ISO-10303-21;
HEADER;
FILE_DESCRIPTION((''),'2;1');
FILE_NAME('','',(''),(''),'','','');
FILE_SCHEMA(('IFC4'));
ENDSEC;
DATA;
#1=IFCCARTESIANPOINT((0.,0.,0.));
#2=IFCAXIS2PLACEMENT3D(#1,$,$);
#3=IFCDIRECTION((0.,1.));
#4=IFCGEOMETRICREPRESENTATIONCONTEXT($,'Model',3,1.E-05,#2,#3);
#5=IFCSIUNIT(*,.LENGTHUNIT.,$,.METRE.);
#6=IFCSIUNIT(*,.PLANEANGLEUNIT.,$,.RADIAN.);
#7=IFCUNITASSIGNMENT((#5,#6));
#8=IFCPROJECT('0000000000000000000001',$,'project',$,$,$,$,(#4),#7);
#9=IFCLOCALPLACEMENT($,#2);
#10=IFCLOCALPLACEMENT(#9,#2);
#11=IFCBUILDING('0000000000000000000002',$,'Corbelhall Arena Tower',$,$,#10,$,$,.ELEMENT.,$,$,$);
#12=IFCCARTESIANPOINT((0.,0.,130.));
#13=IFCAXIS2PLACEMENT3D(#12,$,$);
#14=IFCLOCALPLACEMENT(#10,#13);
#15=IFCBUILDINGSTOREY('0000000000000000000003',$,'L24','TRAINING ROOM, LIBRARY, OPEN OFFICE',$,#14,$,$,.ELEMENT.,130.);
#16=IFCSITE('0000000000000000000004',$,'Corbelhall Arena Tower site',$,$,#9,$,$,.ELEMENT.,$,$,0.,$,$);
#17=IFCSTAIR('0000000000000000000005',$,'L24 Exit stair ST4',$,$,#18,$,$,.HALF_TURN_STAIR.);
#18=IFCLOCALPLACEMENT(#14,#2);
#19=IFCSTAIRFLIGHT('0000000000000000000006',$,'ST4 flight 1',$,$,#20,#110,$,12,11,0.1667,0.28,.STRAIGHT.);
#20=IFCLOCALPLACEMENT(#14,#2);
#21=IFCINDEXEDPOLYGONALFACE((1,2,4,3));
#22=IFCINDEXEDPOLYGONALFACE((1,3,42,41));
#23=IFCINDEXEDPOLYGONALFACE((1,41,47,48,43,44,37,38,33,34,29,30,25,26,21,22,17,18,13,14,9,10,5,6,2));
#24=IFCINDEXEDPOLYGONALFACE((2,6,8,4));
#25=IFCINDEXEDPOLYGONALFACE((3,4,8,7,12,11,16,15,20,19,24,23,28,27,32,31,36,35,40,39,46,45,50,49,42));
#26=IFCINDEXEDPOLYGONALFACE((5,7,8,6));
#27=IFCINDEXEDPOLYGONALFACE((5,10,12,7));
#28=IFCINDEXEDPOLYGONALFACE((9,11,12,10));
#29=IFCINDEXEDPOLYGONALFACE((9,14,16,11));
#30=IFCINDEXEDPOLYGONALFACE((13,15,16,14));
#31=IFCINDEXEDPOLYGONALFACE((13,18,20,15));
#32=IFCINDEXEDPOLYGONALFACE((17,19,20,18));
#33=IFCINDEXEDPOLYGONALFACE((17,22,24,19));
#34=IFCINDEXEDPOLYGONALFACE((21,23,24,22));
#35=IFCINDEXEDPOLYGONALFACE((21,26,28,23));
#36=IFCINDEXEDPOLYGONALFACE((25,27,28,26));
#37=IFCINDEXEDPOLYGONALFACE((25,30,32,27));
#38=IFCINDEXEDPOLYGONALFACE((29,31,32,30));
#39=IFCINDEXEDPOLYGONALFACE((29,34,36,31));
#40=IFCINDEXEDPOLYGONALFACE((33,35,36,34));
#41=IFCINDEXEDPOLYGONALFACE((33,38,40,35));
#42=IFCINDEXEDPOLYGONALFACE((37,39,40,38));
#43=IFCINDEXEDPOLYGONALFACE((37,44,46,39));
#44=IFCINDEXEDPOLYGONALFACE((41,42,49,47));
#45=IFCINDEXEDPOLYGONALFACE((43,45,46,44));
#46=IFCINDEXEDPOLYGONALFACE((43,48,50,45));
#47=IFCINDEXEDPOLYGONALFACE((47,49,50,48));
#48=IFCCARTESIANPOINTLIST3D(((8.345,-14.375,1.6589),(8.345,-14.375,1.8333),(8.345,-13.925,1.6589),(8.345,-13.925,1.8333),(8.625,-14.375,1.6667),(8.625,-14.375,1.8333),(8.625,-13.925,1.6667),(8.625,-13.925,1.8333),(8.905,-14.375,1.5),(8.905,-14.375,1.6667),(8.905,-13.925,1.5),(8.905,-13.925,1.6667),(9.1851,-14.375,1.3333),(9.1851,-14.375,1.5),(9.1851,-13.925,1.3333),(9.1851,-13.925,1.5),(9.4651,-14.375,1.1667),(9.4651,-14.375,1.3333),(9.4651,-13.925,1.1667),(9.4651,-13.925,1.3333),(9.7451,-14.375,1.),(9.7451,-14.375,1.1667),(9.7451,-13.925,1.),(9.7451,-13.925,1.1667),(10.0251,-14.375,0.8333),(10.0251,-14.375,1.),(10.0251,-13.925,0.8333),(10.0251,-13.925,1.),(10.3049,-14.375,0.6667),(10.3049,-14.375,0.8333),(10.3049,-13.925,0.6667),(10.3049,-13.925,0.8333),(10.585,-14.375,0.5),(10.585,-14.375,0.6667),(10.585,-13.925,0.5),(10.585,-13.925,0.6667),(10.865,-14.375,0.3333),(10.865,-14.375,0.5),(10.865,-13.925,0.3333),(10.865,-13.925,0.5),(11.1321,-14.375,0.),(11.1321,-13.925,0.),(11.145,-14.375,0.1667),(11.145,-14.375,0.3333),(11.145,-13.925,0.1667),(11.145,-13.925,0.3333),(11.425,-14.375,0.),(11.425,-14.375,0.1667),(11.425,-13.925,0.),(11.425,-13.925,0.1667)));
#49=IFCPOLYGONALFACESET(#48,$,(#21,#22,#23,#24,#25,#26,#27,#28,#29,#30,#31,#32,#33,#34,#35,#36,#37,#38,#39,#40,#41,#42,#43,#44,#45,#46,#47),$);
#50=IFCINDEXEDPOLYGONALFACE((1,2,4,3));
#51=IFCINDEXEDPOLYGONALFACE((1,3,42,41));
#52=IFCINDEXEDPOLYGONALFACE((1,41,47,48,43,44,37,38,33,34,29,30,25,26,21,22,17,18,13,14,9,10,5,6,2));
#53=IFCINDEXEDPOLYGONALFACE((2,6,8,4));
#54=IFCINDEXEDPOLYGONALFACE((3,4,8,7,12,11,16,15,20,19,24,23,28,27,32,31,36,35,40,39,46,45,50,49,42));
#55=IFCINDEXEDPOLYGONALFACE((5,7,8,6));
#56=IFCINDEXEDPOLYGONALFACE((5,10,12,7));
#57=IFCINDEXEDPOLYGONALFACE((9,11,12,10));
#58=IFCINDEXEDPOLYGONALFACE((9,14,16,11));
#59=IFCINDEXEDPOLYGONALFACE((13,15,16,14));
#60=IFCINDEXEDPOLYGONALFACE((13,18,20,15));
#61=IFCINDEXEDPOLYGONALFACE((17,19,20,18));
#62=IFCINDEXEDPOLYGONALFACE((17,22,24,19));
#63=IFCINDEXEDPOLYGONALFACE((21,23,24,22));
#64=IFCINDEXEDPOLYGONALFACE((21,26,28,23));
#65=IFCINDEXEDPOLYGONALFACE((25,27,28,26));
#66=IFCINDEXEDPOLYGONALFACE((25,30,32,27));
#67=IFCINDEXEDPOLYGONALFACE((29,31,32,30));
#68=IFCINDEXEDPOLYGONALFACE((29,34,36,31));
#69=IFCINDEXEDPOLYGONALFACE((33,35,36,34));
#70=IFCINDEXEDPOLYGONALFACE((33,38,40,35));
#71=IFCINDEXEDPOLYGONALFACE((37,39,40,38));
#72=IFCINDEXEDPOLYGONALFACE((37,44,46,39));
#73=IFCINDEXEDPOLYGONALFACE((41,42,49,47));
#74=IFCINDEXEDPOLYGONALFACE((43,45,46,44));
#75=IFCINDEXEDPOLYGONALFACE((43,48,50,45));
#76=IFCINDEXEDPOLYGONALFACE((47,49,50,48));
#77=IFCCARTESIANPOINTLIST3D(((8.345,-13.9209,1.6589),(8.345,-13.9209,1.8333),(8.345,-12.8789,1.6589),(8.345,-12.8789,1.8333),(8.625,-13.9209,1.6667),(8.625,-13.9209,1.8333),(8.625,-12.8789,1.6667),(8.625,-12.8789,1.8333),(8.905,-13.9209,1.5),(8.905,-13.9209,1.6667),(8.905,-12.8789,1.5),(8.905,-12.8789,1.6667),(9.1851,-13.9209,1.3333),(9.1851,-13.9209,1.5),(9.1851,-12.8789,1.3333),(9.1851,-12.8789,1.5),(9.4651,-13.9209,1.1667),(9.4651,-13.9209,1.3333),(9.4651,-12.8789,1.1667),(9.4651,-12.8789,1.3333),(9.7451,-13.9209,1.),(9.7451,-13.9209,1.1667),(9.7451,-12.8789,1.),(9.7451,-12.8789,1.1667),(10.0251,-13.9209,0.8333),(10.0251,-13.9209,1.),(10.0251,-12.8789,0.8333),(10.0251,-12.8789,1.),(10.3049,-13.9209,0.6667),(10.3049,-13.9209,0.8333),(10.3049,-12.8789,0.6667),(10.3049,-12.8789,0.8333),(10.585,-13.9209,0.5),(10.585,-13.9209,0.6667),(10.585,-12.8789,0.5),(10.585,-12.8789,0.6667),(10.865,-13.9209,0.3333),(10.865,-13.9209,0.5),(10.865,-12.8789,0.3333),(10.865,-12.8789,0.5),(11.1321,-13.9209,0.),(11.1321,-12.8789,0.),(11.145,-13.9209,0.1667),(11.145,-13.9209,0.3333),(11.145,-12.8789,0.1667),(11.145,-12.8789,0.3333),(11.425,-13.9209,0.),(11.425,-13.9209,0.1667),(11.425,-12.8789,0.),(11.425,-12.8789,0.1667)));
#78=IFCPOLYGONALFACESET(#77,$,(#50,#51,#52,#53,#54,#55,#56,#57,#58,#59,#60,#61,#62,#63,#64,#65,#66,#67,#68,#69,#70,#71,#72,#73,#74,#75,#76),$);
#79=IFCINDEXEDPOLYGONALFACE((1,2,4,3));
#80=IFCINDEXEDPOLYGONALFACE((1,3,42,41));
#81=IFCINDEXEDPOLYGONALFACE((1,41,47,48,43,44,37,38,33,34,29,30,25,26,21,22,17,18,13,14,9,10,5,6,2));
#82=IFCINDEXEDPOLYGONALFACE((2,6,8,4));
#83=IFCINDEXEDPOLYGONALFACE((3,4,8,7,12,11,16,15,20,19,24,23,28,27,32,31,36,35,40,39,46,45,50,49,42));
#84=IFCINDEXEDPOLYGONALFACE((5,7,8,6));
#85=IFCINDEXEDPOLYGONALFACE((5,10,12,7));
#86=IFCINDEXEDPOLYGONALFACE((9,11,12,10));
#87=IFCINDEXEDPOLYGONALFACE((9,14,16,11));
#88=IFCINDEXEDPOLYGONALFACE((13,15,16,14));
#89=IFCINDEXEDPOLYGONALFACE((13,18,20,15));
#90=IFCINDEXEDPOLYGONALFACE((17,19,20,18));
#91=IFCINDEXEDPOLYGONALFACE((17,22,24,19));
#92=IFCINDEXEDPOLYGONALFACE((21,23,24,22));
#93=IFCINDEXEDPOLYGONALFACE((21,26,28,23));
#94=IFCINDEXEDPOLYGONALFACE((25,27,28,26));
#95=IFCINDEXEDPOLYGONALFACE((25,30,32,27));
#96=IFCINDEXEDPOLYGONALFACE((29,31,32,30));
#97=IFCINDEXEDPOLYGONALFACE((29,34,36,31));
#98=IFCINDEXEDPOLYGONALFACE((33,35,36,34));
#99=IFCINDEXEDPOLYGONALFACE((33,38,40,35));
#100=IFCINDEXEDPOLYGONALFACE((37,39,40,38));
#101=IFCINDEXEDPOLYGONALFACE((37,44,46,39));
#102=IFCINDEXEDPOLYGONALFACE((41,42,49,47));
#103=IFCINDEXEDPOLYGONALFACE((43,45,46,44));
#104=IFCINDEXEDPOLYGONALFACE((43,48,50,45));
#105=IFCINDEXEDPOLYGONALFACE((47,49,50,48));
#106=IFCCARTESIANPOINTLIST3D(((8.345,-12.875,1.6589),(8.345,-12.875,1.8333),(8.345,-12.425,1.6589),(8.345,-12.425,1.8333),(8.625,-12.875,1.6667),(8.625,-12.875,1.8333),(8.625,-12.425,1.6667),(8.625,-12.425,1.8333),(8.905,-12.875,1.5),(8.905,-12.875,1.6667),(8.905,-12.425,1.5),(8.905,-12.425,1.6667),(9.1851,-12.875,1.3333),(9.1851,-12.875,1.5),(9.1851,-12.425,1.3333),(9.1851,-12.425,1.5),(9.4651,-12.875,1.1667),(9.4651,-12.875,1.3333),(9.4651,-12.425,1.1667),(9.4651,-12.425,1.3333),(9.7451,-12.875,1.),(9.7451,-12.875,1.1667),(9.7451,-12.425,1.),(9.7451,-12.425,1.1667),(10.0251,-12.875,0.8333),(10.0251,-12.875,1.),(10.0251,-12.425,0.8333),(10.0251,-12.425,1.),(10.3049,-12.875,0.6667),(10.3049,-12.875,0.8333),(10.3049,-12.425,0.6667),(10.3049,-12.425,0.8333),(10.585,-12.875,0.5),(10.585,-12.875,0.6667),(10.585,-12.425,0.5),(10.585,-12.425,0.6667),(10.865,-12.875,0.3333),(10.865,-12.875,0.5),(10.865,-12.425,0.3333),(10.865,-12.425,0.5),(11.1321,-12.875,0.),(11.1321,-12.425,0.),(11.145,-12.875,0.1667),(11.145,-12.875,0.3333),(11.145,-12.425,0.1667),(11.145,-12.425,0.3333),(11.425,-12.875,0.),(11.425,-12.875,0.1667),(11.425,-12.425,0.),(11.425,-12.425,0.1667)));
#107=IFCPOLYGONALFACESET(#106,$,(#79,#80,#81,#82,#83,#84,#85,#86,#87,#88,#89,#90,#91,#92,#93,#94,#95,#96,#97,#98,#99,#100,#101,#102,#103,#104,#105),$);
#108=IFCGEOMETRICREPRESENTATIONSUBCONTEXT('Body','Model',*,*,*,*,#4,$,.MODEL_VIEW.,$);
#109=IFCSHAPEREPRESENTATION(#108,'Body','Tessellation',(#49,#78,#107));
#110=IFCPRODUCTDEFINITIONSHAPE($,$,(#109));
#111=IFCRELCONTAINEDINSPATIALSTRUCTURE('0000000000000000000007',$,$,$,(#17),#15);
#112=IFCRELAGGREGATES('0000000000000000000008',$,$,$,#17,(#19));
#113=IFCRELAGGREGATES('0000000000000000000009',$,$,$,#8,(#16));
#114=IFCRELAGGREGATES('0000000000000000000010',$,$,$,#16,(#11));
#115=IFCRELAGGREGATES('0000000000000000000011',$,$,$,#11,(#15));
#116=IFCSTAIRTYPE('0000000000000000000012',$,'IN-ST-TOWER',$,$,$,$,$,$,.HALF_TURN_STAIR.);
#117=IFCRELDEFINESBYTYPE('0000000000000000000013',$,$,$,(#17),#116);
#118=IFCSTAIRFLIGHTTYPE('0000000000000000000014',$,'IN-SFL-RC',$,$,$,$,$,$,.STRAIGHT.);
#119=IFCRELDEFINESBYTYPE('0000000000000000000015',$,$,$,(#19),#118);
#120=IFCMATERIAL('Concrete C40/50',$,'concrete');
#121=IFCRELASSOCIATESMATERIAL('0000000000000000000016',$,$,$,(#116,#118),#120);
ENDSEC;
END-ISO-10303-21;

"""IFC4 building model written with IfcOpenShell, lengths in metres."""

from ifc_helpers import new_model, si_unit, direction, frame, origin, place, context, subcontext, project, spatial, polyline, outline, extrude, material, type_object, element, aggregate, save


model = new_model("IFC4")

# Units and contexts
model_context = context("Model", 3, precision=1e-05, world=origin(), true_north=direction((0.0, 1.0)))
body_context = subcontext(model_context, "Body", "Model", "MODEL_VIEW")
ifc_project = project(units=[si_unit("LENGTHUNIT", "METRE"), si_unit("PLANEANGLEUNIT", "RADIAN")], contexts=[model_context])

# Site, building, storey
site_placement = place(None, origin())
site = spatial("IfcSite", under=ifc_project, at=site_placement, Name="Corbelhall Arena Tower site", CompositionType="ELEMENT", RefElevation=0.0)
building_placement = place(site_placement, origin())
building = spatial("IfcBuilding", under=site, at=building_placement, Name="Corbelhall Arena Tower", CompositionType="ELEMENT")
storey_placement = place(building_placement, frame((0.0, 0.0, 130.0)))
storey = spatial("IfcBuildingStorey", under=building, at=storey_placement, Name="L24", Description="TRAINING ROOM, LIBRARY, OPEN OFFICE", CompositionType="ELEMENT", Elevation=130.0)

# Shared definitions
ifc_material_1 = material(Name="Concrete C40/50", Category="concrete")

# Stair, stair flight
stair_type = type_object("IfcStairType", Name="IN-ST-TOWER", PredefinedType="HALF_TURN_STAIR", material=ifc_material_1)
stair_placement = place(storey_placement, origin())
stair = element("IfcStair", 1, at=stair_placement, inside=storey, type_object=stair_type, Name="L24 Exit stair ST4", PredefinedType="HALF_TURN_STAIR")
stair_flight_type = type_object("IfcStairFlightType", Name="IN-SFL-RC", PredefinedType="STRAIGHT", material=ifc_material_1)
stair_flight_1_placement = place(storey_placement, frame((11.425, -13.3999, 0.0), z_axis=(0.0, 0.0, 1.0), x_axis=(-1.0, 0.0, 0.0)))
stair_flight_1 = element("IfcStairFlight", 2, at=stair_flight_1_placement, type_object=stair_flight_type, Name="ST4 flight 1", NumberOfRisers=12, NumberOfTreads=11, PredefinedType="STRAIGHT", RiserHeight=0.1667, TreadLength=0.28, context=body_context, shape_type="SweptSolid", body=[
    extrude(outline(polyline([(0.0, 0.0), (0.0, 0.1667), (0.28, 0.1667), (0.28, 0.3333), (0.5601, 0.3333), (0.5601, 0.5), (0.8401, 0.5), (0.8401, 0.6667), (1.1201, 0.6667), (1.1201, 0.8333), (1.3999, 0.8333), (1.3999, 1.0), (1.6799, 1.0), (1.6799, 1.1667), (1.96, 1.1667), (1.96, 1.3333), (2.24, 1.3333), (2.24, 1.5), (2.52, 1.5), (2.52, 1.6667), (2.8, 1.6667), (2.8, 1.8333), (3.0801, 1.8333), (3.0801, 2.0), (3.0801, 1.6589), (0.293, 0.0), (0.0, 0.0)])), frame((0.0, 0.9751, 0.0), z_axis=(0.0, -1.0, 0.0), x_axis=(1.0, 0.0, 0.0)), (0.0, 0.0, 1.0), 0.45),
    extrude(outline(polyline([(0.0, 0.0), (0.0, 0.1667), (0.28, 0.1667), (0.28, 0.3333), (0.5601, 0.3333), (0.5601, 0.5), (0.8401, 0.5), (0.8401, 0.6667), (1.1201, 0.6667), (1.1201, 0.8333), (1.3999, 0.8333), (1.3999, 1.0), (1.6799, 1.0), (1.6799, 1.1667), (1.96, 1.1667), (1.96, 1.3333), (2.24, 1.3333), (2.24, 1.5), (2.52, 1.5), (2.52, 1.6667), (2.8, 1.6667), (2.8, 1.8333), (3.0801, 1.8333), (3.0801, 2.0), (3.0801, 1.6589), (0.293, 0.0), (0.0, 0.0)])), frame((0.0, 0.521, 0.0), z_axis=(0.0, -1.0, 0.0), x_axis=(1.0, 0.0, 0.0)), (0.0, 0.0, 1.0), 1.042),
    extrude(outline(polyline([(0.0, 0.0), (0.0, 0.1667), (0.28, 0.1667), (0.28, 0.3333), (0.5601, 0.3333), (0.5601, 0.5), (0.8401, 0.5), (0.8401, 0.6667), (1.1201, 0.6667), (1.1201, 0.8333), (1.3999, 0.8333), (1.3999, 1.0), (1.6799, 1.0), (1.6799, 1.1667), (1.96, 1.1667), (1.96, 1.3333), (2.24, 1.3333), (2.24, 1.5), (2.52, 1.5), (2.52, 1.6667), (2.8, 1.6667), (2.8, 1.8333), (3.0801, 1.8333), (3.0801, 2.0), (3.0801, 1.6589), (0.293, 0.0), (0.0, 0.0)])), frame((0.0, -0.5249, 0.0), z_axis=(0.0, -1.0, 0.0), x_axis=(1.0, 0.0, 0.0)), (0.0, 0.0, 1.0), 0.45),
])
aggregate(stair, [stair_flight_1])

save(model, "model.ifc")
